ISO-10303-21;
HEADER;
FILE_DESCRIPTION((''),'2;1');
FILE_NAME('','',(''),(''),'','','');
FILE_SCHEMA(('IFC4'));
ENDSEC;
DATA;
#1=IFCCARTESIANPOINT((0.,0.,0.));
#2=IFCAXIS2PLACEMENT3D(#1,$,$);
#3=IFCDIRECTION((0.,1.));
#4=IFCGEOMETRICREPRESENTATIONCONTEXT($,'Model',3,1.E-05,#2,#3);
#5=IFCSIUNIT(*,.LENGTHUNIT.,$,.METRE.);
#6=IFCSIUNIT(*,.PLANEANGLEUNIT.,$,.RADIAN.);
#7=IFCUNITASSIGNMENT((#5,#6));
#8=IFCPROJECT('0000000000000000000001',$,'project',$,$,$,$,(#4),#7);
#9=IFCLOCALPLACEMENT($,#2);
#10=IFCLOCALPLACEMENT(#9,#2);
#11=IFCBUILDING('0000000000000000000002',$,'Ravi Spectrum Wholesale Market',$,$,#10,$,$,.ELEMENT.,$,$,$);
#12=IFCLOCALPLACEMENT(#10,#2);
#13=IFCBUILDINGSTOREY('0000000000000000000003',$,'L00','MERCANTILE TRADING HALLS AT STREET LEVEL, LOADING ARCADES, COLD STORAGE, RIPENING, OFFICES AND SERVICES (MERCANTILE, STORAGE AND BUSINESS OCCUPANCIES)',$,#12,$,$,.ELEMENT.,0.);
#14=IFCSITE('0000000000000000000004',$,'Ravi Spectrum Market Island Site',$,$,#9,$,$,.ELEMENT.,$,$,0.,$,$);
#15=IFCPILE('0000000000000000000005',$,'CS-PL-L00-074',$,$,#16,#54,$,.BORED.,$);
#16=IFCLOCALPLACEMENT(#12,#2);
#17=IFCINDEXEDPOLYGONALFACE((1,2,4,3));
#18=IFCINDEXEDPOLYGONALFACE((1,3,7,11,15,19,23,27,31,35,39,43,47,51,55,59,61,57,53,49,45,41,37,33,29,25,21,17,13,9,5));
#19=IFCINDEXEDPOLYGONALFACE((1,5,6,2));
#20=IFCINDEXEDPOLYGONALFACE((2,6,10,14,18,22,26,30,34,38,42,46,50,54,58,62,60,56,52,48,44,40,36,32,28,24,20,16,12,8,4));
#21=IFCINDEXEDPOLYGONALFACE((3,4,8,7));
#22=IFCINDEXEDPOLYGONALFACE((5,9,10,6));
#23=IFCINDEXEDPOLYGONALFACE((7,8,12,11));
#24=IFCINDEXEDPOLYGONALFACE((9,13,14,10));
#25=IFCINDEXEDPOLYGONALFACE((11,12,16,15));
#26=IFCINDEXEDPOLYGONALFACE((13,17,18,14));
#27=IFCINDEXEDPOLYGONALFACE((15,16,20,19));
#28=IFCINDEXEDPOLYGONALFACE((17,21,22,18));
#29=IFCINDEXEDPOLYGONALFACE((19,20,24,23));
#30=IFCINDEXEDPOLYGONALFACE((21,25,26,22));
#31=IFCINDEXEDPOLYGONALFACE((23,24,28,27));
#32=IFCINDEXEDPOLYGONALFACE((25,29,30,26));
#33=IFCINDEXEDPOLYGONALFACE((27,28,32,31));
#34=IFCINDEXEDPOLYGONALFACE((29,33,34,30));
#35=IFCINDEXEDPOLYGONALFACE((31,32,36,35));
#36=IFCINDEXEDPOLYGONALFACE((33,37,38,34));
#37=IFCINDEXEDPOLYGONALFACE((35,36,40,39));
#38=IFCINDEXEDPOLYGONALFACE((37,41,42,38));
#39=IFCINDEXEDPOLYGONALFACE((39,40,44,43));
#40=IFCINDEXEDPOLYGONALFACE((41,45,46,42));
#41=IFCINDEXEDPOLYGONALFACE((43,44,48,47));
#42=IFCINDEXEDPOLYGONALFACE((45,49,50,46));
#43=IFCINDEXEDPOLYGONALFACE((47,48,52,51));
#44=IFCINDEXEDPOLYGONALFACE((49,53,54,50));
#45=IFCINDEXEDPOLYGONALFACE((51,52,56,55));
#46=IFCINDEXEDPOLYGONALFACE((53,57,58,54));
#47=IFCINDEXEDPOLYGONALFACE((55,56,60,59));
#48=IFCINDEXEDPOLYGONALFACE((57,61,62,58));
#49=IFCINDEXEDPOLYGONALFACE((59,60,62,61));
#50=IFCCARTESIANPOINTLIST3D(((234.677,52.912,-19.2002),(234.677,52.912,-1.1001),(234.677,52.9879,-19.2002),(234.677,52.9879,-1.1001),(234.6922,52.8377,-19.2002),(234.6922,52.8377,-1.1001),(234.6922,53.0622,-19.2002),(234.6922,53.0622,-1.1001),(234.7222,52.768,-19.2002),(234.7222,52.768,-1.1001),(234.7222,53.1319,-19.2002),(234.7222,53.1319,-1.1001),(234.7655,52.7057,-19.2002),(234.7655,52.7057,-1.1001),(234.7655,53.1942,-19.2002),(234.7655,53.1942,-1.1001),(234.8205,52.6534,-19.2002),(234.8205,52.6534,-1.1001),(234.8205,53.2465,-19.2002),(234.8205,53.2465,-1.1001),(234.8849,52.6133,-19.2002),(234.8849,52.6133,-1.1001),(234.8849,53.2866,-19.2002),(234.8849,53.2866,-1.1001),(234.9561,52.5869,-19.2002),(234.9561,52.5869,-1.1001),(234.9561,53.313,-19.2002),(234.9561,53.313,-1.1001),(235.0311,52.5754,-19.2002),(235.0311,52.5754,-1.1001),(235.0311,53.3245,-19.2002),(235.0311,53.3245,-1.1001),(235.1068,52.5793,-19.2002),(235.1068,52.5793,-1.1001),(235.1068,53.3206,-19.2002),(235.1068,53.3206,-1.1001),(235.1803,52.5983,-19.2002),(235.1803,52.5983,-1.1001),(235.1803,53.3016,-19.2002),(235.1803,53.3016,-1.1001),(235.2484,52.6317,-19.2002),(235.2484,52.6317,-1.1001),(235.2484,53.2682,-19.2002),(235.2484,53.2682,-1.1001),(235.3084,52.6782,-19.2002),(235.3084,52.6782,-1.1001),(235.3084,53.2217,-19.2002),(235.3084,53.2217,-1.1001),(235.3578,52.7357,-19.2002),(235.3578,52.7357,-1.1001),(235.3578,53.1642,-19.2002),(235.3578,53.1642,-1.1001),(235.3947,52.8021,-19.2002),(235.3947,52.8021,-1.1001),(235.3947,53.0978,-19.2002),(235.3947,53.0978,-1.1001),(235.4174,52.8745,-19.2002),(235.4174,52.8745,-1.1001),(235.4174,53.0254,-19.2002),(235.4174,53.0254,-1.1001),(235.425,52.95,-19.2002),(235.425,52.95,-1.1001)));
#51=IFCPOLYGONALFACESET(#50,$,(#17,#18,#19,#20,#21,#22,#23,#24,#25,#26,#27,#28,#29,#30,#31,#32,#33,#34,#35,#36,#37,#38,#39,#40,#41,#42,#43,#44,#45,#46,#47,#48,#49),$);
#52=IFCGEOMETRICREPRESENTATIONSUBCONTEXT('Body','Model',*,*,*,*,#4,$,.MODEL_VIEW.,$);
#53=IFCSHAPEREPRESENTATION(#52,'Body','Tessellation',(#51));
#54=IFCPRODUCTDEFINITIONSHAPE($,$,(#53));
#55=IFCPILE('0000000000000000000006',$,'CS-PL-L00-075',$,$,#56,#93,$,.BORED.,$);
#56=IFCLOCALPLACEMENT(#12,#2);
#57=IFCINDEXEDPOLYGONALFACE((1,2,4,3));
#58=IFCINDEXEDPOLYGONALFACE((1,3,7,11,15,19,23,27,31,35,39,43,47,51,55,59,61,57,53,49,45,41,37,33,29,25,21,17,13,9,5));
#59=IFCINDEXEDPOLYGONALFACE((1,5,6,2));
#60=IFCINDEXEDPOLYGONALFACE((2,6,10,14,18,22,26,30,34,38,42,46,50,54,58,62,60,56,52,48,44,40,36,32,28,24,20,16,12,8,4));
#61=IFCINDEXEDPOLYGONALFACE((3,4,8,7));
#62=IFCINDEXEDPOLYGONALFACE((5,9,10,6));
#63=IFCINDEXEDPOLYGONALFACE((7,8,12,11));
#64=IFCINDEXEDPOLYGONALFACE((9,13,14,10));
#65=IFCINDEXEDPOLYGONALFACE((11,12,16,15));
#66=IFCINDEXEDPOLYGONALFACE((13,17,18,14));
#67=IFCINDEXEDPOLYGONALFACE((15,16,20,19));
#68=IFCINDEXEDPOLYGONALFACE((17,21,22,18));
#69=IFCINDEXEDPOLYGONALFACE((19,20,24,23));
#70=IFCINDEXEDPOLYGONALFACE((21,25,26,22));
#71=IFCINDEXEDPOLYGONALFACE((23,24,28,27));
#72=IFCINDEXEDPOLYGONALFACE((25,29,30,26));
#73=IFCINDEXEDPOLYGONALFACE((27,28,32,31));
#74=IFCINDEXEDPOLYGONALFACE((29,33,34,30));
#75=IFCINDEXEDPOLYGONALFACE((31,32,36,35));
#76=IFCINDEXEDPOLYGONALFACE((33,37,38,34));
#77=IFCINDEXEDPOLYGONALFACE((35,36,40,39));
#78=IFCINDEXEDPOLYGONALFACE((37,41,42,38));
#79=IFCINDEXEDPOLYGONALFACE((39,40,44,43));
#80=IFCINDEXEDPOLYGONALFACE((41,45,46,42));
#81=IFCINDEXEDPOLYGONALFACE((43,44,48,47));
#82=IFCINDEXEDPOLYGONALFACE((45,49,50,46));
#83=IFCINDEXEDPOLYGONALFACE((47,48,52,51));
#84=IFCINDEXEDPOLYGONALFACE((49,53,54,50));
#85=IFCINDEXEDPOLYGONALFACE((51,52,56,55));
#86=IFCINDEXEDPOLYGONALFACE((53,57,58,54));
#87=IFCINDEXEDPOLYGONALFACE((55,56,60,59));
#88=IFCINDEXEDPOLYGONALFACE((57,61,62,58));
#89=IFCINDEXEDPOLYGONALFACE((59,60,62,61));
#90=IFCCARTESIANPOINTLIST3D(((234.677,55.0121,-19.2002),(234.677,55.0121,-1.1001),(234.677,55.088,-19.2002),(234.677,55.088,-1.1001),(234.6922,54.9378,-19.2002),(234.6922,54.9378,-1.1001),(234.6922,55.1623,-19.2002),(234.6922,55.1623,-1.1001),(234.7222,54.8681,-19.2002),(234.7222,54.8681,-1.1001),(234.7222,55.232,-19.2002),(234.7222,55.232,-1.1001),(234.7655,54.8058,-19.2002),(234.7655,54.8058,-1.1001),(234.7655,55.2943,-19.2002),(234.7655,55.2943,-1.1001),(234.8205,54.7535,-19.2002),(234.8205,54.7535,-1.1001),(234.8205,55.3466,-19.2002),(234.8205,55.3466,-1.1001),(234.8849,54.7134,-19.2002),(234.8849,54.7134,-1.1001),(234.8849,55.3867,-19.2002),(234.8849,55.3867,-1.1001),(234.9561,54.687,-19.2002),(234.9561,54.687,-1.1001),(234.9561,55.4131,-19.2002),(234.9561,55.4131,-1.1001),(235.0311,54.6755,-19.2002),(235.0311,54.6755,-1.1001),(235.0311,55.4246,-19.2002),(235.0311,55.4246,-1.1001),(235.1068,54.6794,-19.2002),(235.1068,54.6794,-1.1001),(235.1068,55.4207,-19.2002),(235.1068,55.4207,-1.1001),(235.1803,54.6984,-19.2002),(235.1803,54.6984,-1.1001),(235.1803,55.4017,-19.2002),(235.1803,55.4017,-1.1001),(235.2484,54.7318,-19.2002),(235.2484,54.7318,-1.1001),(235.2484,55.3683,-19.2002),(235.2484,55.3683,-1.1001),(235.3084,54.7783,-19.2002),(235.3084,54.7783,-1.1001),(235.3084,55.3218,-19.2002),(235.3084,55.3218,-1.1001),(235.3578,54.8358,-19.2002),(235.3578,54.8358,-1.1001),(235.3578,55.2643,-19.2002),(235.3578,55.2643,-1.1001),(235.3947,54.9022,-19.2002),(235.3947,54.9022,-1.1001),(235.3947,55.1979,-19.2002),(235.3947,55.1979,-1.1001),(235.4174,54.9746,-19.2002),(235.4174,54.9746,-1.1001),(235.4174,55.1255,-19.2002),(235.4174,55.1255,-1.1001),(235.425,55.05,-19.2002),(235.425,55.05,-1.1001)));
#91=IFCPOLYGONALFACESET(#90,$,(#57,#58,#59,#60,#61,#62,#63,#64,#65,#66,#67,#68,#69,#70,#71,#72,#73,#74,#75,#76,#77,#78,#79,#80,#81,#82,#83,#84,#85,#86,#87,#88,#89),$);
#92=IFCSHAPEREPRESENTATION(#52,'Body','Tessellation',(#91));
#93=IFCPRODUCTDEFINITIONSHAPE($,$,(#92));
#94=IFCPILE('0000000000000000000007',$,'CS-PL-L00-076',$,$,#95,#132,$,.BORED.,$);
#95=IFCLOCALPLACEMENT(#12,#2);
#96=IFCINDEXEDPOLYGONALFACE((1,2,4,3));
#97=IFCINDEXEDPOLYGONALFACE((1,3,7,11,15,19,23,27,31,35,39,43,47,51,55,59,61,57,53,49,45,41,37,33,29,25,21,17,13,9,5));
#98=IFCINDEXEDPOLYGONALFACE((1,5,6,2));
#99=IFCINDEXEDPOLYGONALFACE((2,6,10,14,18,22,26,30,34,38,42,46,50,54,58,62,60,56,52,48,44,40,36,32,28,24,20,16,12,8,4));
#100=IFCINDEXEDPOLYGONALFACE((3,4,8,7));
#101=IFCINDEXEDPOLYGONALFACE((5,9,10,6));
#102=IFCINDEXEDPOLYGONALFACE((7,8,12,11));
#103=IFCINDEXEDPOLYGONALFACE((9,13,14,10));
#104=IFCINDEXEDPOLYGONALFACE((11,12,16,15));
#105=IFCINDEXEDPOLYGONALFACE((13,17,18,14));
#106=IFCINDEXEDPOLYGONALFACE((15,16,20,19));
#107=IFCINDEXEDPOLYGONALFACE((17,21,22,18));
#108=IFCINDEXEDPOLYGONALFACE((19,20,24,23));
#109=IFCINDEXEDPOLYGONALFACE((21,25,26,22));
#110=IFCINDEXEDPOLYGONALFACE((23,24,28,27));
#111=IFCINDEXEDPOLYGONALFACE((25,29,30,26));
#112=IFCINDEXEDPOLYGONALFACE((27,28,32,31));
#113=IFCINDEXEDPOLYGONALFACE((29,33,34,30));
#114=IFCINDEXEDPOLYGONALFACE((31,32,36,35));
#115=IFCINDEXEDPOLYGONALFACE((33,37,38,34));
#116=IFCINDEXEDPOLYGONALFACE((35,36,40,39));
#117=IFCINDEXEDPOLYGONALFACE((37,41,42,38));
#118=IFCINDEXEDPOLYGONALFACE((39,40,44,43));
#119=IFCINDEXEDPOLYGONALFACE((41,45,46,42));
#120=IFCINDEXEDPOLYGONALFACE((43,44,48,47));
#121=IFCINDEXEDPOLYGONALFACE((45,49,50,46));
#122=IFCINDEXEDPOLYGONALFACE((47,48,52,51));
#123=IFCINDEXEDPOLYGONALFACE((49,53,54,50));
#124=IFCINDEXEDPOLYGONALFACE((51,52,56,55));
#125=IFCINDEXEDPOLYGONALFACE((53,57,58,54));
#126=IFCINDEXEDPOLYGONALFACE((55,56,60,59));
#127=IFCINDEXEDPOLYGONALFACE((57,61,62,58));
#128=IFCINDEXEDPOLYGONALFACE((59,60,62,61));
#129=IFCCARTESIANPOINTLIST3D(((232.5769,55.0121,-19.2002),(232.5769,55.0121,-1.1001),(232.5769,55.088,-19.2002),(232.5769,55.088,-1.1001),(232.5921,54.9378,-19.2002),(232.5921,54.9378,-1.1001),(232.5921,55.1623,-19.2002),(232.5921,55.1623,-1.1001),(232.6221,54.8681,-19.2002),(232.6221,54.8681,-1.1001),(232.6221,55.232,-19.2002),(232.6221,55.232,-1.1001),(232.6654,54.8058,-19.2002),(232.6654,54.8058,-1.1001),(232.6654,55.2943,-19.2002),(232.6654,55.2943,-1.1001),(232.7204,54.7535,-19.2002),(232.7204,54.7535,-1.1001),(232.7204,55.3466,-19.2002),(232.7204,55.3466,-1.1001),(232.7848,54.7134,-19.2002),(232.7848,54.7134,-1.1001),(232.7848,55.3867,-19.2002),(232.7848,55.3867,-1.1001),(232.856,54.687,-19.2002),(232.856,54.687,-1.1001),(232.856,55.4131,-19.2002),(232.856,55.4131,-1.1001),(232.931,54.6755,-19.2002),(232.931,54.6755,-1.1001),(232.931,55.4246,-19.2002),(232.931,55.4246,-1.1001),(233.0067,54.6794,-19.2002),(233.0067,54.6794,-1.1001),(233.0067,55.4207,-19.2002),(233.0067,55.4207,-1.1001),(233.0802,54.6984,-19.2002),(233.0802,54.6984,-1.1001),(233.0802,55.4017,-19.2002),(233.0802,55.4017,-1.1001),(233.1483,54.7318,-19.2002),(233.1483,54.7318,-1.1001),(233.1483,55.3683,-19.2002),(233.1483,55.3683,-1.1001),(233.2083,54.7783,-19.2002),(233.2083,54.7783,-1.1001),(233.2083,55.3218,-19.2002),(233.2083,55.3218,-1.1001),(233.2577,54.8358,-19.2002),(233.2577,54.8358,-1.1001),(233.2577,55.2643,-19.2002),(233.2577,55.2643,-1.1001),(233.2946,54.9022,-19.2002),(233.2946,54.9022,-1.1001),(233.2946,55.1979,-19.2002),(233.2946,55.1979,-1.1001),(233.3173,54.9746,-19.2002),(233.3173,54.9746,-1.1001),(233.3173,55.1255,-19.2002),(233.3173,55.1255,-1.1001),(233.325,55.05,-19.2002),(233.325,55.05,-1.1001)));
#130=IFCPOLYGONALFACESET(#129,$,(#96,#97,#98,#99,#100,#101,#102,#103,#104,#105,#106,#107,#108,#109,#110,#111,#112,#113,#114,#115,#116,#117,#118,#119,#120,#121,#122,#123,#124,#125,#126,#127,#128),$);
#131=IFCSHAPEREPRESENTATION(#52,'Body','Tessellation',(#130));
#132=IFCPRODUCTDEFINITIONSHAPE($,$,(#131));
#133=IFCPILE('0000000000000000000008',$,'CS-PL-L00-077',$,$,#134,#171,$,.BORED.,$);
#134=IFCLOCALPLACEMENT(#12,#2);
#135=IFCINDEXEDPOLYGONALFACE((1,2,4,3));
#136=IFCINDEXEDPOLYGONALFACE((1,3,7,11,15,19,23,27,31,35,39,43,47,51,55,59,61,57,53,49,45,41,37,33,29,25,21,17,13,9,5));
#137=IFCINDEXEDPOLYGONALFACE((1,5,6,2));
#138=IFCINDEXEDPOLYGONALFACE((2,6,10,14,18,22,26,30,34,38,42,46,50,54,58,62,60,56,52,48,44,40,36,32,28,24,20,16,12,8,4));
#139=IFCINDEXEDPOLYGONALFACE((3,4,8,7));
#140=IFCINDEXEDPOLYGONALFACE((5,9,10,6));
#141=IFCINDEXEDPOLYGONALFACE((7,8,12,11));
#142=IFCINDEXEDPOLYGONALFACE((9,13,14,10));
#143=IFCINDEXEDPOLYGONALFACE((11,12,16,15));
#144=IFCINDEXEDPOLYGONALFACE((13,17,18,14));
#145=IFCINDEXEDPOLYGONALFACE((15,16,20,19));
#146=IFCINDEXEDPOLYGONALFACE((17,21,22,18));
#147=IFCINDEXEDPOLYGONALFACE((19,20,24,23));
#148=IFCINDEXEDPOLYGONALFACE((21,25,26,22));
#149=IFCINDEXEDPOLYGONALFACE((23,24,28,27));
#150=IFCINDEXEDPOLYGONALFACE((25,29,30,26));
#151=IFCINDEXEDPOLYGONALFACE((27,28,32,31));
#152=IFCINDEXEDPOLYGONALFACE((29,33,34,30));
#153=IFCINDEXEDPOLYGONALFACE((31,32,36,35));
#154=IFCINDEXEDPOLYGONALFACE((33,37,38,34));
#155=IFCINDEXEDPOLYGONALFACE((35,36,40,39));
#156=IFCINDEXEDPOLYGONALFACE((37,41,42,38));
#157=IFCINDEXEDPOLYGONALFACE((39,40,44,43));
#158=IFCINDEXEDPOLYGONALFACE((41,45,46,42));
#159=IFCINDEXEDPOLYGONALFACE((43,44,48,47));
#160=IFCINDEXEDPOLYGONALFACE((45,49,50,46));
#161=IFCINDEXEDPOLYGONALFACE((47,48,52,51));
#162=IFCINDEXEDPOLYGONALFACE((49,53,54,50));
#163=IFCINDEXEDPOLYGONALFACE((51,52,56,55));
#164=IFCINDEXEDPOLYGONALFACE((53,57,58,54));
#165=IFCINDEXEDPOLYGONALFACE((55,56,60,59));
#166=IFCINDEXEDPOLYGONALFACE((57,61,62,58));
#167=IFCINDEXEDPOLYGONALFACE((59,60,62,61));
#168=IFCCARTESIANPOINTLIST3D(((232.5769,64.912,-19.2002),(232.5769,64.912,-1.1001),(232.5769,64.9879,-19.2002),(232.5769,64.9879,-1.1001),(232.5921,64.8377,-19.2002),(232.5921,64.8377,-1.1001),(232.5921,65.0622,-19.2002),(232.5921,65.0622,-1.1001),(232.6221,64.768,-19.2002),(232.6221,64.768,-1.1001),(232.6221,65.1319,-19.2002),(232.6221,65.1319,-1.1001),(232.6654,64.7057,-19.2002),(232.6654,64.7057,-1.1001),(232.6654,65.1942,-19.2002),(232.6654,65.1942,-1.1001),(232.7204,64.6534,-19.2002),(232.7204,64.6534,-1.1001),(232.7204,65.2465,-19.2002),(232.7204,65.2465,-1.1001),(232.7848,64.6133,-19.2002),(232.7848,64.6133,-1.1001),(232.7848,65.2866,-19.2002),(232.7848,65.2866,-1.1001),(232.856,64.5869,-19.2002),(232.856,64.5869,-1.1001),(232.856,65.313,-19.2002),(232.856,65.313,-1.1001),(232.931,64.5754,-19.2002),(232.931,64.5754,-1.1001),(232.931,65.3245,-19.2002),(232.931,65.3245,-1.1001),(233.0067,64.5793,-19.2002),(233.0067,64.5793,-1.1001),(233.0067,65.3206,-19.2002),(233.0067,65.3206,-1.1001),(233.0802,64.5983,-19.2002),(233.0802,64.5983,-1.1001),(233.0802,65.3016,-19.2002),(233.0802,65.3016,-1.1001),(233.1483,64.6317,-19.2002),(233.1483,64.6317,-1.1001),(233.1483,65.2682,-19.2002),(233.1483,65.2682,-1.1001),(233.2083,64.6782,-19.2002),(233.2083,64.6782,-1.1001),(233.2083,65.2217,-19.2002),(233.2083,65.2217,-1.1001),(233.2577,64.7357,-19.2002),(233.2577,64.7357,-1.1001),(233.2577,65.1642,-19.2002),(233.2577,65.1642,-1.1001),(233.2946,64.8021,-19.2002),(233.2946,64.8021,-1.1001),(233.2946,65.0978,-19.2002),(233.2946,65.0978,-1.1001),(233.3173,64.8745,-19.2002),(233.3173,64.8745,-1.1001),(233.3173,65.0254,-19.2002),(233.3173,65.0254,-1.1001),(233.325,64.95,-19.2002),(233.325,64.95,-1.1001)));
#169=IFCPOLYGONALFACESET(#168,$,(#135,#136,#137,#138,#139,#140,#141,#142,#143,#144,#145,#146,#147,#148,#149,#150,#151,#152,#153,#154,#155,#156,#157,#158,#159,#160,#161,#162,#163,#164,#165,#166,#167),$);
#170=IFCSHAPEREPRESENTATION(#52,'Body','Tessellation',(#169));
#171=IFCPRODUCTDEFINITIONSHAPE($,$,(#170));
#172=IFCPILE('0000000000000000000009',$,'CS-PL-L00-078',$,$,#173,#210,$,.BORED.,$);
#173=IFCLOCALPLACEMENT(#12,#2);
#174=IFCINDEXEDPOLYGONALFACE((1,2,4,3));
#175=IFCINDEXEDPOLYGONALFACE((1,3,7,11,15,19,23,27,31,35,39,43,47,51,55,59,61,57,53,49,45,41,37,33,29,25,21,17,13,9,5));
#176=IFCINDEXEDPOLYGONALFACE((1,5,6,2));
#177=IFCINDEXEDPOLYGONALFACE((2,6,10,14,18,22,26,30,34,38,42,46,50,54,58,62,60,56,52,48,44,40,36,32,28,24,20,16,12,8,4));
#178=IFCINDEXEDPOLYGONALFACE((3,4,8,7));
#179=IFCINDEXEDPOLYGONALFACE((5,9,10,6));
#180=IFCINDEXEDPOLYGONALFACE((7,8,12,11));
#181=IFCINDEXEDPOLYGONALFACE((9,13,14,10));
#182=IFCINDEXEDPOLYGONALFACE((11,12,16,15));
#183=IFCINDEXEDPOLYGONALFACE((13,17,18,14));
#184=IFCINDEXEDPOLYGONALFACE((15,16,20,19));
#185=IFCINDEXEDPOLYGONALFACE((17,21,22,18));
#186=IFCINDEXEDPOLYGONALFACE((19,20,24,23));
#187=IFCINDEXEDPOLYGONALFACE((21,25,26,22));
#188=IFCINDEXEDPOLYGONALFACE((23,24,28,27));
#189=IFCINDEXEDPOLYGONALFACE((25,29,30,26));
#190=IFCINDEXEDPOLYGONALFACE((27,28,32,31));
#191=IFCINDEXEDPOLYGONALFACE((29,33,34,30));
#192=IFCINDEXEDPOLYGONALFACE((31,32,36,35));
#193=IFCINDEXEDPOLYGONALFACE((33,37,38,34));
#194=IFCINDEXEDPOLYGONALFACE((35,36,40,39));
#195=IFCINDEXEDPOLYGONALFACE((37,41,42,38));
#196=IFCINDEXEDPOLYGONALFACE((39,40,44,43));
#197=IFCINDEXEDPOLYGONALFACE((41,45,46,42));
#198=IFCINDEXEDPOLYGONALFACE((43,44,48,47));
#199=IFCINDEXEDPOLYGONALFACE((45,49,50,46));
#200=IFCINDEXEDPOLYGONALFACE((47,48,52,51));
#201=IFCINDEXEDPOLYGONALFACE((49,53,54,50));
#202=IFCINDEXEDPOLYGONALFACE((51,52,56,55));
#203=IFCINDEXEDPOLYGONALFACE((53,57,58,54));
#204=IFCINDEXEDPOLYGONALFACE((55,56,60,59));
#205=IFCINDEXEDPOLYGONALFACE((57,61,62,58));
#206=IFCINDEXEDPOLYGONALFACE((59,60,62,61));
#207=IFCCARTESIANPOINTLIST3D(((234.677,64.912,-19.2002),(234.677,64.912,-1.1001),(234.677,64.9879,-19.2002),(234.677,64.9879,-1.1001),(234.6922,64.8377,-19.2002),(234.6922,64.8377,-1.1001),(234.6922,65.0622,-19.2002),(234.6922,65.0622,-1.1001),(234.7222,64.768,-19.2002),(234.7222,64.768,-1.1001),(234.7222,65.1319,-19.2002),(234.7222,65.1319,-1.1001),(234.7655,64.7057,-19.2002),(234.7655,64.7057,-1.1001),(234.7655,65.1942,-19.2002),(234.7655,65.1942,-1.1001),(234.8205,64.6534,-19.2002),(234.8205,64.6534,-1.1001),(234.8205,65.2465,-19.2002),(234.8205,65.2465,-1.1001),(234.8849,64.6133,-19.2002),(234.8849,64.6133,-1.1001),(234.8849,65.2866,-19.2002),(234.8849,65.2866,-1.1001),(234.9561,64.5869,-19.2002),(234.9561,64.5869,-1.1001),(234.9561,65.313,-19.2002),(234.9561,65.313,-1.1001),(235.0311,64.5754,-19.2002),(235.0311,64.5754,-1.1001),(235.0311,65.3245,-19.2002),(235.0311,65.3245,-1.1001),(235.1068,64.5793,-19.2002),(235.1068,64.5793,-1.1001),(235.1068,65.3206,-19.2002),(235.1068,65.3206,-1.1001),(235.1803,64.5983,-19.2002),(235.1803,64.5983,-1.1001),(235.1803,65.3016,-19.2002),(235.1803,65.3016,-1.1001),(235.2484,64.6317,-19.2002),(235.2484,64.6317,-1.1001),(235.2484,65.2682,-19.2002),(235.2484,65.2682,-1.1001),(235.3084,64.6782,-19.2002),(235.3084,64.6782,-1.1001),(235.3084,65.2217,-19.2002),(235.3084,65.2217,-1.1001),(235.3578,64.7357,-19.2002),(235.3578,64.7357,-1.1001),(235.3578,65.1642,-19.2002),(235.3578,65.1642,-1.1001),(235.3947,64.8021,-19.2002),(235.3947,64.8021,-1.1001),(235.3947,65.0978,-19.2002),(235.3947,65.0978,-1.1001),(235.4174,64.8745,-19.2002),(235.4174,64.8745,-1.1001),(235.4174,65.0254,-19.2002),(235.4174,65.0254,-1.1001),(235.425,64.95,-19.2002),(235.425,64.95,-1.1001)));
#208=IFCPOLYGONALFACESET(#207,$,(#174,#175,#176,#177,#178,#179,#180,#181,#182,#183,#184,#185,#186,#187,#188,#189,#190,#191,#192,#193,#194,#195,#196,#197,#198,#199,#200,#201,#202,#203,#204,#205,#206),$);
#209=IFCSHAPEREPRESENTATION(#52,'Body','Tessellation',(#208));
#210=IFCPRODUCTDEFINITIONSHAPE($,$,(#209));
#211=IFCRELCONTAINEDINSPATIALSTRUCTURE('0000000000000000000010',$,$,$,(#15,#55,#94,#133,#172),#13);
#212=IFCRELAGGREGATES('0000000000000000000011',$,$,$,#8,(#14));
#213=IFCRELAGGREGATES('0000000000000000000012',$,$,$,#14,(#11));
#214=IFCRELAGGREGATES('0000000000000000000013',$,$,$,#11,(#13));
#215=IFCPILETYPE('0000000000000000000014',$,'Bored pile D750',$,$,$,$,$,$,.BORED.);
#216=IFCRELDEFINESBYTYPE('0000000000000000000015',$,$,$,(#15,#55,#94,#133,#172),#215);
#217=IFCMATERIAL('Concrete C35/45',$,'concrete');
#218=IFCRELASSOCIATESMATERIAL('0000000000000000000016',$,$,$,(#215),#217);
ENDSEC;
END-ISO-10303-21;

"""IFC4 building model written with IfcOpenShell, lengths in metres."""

from ifc_helpers import new_model, si_unit, direction, frame, origin, origin_2d, place, context, subcontext, project, spatial, circle, extrude, material, material_profile, profile_set, type_object, element, save


model = new_model("IFC4")

# Units and contexts
model_context = context("Model", 3, precision=1e-05, world=origin(), true_north=direction((0.0, 1.0)))
body_context = subcontext(model_context, "Body", "Model", "MODEL_VIEW")
ifc_project = project(units=[si_unit("LENGTHUNIT", "METRE"), si_unit("PLANEANGLEUNIT", "RADIAN")], contexts=[model_context])

# Site, building, storey
site_placement = place(None, origin())
site = spatial("IfcSite", under=ifc_project, at=site_placement, Name="Ravi Spectrum Market Island Site", CompositionType="ELEMENT", RefElevation=0.0)
building_placement = place(site_placement, origin())
building = spatial("IfcBuilding", under=site, at=building_placement, Name="Ravi Spectrum Wholesale Market", CompositionType="ELEMENT")
storey_placement = place(building_placement, origin())
storey = spatial("IfcBuildingStorey", under=building, at=storey_placement, Name="L00", Description="MERCANTILE TRADING HALLS AT STREET LEVEL, LOADING ARCADES, COLD STORAGE, RIPENING, OFFICES AND SERVICES (MERCANTILE, STORAGE AND BUSINESS OCCUPANCIES)", CompositionType="ELEMENT", Elevation=0.0)

# Piles
ifc_material_1 = material(Name="Concrete C35/45", Category="concrete")
ifc_material_profile_1 = material_profile(ifc_material_1, circle(Radius=0.375, at=origin_2d()))
ifc_profile_set_1 = profile_set([ifc_material_profile_1], Name="Concrete C35/45")
pile_type = type_object("IfcPileType", Name="Bored pile D750", PredefinedType="BORED", material=ifc_profile_set_1)
for number, where, z_axis, x_axis, name in (
    (1, (235.05, 52.95, -1.1001), (0.0, 0.0, -1.0), (1.0, 0.0, 0.0), "CS-PL-L00-074"),
    (2, (235.05, 55.05, -1.1001), (0.0, 0.0, -1.0), (1.0, 0.0, 0.0), "CS-PL-L00-075"),
    (3, (232.95, 55.05, -1.1001), (0.0, 0.0, -1.0), (1.0, 0.0, 0.0), "CS-PL-L00-076"),
    (4, (232.95, 64.95, -1.1001), (0.0, 0.0, -1.0), (1.0, 0.0, 0.0), "CS-PL-L00-077"),
    (5, (235.05, 64.95, -1.1001), (0.0, 0.0, -1.0), (1.0, 0.0, 0.0), "CS-PL-L00-078"),
):
    element("IfcPile", number, at=place(storey_placement, frame(where, z_axis=z_axis, x_axis=x_axis)), inside=storey, type_object=pile_type, Name=name, PredefinedType="BORED", context=body_context, shape_type="SweptSolid", body=[
        extrude(circle(Radius=0.375, at=origin_2d()), origin(), (0.0, 0.0, 1.0), 18.1001),
    ])

save(model, "model.ifc")
